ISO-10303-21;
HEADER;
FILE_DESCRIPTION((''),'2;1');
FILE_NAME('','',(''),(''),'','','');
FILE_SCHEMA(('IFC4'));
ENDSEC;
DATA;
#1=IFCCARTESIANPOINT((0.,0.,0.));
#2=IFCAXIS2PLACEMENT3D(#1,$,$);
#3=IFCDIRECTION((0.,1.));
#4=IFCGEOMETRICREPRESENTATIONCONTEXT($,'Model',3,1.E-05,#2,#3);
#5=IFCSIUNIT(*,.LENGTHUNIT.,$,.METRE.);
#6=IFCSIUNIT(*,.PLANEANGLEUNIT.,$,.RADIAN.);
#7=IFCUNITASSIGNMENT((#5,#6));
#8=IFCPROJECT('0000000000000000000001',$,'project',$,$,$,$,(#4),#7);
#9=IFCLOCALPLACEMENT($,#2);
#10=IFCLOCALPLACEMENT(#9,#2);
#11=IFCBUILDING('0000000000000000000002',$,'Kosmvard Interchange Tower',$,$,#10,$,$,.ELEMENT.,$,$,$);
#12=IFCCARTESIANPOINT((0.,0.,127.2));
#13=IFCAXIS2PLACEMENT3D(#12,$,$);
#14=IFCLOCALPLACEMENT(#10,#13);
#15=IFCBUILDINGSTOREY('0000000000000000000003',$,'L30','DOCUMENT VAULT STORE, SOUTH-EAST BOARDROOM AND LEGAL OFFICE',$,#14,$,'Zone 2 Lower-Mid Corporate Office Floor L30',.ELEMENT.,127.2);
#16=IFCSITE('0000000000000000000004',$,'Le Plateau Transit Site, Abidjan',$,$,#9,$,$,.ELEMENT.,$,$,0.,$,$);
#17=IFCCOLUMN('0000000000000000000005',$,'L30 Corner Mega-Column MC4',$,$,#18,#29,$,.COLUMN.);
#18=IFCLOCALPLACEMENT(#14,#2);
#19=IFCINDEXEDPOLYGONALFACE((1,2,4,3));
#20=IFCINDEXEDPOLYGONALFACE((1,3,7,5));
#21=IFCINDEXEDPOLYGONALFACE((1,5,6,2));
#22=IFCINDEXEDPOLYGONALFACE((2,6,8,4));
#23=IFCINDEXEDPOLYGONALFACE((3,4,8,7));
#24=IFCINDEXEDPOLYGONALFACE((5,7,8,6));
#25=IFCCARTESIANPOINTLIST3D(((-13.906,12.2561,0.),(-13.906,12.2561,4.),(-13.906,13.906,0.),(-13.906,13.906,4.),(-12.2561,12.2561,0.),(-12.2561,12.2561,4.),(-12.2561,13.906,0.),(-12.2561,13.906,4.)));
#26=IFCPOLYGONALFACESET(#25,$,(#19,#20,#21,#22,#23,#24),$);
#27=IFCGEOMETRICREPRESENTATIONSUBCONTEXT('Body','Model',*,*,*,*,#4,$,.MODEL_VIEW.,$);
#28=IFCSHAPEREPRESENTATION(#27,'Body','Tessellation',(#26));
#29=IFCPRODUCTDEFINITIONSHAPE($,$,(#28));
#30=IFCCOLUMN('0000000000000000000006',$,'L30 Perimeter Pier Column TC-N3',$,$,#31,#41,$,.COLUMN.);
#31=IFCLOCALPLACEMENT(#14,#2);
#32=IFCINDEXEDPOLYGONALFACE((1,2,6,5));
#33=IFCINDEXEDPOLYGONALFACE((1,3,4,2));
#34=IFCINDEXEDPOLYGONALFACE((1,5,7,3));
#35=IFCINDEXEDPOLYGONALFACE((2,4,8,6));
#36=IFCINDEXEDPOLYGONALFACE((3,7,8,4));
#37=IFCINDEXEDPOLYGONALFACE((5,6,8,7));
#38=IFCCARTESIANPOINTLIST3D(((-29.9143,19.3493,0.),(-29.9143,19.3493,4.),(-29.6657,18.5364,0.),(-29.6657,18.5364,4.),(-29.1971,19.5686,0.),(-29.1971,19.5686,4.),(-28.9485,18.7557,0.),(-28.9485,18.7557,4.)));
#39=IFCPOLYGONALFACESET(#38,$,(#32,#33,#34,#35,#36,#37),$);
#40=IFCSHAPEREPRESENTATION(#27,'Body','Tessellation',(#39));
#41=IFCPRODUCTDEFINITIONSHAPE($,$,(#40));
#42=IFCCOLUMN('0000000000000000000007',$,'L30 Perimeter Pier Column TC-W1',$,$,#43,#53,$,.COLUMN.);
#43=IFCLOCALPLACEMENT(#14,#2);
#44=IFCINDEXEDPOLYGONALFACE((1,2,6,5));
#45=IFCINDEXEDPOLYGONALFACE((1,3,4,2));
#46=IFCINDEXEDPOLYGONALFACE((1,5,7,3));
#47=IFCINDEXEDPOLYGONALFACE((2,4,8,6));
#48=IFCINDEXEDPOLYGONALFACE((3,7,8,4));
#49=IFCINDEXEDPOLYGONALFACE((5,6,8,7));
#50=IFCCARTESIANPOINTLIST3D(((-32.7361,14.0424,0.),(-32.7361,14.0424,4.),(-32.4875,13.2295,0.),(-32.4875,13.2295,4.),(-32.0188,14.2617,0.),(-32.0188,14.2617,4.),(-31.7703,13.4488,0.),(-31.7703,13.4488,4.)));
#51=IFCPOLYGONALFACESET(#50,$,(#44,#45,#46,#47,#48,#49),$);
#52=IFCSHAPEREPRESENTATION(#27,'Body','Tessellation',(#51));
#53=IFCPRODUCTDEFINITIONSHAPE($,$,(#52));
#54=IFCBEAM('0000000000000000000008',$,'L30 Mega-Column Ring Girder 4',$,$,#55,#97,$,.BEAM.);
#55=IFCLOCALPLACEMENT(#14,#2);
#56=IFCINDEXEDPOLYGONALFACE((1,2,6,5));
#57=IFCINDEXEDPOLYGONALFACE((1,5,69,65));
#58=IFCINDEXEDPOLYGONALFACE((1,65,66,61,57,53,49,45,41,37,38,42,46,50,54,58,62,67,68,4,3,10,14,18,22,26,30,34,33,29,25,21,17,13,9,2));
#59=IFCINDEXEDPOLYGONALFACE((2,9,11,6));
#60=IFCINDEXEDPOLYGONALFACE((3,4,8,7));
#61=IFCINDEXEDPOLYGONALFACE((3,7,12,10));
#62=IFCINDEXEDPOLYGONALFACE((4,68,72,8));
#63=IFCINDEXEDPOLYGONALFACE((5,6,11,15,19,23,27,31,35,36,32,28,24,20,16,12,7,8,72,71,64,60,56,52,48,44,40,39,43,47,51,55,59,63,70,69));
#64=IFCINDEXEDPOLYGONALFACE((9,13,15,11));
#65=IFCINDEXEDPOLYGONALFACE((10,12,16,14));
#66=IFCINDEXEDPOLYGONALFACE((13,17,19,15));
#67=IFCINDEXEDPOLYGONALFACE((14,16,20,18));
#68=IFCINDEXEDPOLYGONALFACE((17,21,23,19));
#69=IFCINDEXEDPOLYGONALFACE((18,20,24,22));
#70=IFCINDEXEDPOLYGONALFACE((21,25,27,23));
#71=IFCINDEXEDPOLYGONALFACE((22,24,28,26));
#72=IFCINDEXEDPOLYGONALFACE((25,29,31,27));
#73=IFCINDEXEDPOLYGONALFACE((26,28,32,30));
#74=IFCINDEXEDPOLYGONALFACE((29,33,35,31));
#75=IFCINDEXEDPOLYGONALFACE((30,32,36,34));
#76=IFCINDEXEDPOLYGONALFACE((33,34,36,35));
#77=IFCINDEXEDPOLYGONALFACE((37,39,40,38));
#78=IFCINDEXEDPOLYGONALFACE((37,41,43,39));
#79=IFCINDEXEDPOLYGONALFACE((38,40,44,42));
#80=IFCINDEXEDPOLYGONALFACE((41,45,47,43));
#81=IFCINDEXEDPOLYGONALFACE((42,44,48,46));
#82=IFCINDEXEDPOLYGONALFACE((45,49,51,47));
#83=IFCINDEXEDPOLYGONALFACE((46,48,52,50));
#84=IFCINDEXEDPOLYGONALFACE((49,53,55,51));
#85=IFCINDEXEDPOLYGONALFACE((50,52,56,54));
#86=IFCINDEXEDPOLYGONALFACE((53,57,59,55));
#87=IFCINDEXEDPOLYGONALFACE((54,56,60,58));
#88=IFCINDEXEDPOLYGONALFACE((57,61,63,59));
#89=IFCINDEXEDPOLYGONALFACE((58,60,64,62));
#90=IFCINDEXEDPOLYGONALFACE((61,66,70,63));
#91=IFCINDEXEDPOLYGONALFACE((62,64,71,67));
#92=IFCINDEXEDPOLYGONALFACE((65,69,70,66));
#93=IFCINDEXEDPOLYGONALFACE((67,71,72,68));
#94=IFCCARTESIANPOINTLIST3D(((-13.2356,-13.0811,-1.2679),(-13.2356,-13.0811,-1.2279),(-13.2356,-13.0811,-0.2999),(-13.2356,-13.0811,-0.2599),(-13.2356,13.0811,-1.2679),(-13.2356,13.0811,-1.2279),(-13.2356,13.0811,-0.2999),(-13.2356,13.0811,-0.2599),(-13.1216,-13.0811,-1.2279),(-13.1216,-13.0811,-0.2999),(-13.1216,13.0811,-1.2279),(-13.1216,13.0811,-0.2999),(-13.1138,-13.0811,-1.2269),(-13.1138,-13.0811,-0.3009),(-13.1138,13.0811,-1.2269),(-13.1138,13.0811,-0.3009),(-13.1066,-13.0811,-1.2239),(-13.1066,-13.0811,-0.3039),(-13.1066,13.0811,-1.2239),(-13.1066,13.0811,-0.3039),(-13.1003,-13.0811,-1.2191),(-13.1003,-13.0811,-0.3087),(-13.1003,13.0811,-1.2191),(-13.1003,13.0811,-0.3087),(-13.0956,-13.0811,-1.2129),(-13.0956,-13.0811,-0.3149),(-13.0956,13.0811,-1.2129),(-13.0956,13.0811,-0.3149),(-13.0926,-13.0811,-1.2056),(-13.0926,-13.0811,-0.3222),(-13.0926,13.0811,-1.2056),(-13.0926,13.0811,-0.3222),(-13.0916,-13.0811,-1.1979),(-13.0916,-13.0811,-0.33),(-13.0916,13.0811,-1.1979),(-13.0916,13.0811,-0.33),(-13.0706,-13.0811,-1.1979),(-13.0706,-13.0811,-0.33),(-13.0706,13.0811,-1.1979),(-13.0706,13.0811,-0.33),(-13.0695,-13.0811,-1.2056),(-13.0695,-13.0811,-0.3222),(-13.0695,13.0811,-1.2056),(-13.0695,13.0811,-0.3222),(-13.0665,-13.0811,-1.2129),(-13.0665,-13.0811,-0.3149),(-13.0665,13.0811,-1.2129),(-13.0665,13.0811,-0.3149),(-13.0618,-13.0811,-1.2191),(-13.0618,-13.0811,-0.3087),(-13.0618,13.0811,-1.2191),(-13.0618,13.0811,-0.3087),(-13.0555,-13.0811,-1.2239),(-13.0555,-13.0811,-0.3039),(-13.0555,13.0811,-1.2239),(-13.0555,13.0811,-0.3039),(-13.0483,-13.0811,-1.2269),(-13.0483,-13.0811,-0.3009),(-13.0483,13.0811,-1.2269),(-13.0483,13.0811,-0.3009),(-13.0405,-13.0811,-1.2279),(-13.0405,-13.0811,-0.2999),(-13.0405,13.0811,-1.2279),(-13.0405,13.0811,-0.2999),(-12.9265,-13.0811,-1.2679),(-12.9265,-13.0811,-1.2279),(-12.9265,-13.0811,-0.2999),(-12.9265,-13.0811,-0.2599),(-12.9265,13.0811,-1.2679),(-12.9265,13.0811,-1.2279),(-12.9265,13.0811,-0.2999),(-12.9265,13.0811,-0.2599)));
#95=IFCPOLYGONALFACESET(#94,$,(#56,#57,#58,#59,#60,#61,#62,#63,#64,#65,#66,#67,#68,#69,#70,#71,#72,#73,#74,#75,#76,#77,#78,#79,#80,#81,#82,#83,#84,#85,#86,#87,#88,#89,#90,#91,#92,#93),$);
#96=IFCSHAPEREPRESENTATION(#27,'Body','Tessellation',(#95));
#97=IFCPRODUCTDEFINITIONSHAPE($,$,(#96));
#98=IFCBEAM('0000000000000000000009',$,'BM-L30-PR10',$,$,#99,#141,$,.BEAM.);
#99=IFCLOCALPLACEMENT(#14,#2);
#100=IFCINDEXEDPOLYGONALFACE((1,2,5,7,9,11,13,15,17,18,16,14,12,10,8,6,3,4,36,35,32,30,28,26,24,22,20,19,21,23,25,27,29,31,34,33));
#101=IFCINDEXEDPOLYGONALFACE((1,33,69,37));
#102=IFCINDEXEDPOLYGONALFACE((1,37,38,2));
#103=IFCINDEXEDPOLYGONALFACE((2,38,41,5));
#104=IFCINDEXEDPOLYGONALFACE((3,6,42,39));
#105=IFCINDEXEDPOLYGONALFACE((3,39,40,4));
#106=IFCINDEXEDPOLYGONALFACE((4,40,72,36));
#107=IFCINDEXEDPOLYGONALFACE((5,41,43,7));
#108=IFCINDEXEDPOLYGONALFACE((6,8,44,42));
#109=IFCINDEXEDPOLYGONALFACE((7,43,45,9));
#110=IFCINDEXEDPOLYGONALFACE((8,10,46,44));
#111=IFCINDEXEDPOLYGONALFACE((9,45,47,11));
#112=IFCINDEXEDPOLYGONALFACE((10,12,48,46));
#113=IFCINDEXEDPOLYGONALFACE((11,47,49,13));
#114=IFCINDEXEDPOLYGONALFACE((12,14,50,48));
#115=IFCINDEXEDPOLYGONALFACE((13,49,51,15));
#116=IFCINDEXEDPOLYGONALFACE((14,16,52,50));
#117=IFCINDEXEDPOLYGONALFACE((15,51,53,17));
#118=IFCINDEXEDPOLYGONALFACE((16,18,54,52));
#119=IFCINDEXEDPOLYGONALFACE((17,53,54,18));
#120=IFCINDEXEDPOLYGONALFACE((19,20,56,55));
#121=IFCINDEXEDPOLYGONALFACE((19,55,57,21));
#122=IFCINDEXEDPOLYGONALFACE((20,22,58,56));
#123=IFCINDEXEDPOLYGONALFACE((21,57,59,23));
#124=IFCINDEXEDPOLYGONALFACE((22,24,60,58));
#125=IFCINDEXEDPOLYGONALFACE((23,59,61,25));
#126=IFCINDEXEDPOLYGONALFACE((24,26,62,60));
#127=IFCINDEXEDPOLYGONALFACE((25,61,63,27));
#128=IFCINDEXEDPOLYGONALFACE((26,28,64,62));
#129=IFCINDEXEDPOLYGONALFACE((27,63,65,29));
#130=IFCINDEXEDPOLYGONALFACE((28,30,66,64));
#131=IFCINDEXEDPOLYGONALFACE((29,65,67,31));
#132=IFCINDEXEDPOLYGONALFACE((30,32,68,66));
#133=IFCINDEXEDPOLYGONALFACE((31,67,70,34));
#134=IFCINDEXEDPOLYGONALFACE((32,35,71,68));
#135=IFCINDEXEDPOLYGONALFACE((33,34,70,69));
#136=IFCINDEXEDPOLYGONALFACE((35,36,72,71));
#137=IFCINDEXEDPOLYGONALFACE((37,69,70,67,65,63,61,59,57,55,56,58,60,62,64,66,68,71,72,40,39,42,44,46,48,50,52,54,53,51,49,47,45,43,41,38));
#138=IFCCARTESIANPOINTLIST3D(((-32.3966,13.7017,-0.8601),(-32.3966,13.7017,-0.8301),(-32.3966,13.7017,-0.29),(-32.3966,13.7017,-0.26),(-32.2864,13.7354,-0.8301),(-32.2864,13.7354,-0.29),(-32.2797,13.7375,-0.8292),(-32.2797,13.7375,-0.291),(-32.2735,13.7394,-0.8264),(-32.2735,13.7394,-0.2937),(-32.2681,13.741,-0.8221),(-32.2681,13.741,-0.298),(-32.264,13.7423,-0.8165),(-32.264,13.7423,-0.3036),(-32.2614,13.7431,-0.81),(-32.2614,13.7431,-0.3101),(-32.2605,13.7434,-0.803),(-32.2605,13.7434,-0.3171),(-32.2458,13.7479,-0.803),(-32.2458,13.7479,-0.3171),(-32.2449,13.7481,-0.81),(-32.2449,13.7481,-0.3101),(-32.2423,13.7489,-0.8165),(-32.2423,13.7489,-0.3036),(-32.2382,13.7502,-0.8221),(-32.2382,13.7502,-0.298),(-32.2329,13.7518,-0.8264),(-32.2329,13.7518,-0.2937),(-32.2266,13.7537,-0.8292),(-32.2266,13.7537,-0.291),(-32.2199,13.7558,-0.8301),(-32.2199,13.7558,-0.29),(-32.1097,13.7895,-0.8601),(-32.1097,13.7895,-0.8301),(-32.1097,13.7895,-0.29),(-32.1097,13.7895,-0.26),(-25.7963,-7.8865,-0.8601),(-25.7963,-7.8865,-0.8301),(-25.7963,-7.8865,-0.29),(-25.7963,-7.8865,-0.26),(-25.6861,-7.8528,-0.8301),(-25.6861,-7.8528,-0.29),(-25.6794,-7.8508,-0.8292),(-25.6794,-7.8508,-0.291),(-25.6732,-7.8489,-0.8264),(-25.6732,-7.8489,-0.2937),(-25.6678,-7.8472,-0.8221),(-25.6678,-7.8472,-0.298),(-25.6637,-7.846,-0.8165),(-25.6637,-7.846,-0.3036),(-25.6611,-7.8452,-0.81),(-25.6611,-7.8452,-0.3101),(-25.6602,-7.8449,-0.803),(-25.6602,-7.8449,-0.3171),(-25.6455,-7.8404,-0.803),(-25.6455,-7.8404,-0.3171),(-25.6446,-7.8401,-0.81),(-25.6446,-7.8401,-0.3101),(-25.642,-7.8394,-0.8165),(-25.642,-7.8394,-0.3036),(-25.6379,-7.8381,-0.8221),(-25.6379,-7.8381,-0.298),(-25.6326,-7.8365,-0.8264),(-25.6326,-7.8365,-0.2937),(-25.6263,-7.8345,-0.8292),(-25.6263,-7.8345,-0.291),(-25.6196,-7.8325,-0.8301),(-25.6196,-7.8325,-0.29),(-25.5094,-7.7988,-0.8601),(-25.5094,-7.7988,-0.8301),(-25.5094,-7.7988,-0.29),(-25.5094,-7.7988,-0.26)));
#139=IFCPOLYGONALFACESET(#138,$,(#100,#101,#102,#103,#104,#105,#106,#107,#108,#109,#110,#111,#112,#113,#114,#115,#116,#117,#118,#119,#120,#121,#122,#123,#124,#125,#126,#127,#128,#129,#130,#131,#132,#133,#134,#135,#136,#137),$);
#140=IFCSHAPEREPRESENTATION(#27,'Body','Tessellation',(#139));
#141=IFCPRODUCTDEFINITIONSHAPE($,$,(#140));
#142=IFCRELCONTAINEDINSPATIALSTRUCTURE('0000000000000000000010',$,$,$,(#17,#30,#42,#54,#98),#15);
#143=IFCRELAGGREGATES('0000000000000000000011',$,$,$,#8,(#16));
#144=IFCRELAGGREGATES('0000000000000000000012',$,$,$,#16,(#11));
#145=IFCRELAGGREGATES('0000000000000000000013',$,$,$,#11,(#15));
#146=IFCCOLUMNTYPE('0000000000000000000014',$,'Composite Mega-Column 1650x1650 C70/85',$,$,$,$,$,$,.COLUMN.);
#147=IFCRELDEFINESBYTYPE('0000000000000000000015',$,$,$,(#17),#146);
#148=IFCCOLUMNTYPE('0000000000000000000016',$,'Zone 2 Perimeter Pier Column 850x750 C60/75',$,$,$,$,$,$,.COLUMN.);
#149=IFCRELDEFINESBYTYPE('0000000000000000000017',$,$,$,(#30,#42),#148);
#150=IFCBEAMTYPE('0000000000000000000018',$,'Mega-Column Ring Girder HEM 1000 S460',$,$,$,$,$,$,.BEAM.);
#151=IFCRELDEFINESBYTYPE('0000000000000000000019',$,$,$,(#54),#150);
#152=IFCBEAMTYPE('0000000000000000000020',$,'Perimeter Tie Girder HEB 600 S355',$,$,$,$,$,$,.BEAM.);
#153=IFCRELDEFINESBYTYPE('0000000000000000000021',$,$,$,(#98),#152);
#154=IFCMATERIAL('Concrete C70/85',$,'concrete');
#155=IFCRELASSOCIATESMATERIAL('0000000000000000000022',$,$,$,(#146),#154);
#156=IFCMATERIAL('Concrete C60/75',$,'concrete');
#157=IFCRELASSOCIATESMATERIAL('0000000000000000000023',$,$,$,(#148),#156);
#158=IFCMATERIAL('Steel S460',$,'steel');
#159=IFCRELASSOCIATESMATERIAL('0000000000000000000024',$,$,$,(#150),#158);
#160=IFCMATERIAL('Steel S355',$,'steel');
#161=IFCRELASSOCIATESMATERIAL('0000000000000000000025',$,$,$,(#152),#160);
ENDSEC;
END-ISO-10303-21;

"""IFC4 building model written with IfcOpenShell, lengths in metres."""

from ifc_helpers import new_model, si_unit, direction, frame, origin, origin_2d, place, context, subcontext, project, spatial, rectangle, i_section, extrude, source, transform, mapped, material, material_profile, profile_set, type_object, element, save


model = new_model("IFC4")

# Units and contexts
model_context = context("Model", 3, precision=1e-05, world=origin(), true_north=direction((0.0, 1.0)))
body_context = subcontext(model_context, "Body", "Model", "MODEL_VIEW")
ifc_project = project(units=[si_unit("LENGTHUNIT", "METRE"), si_unit("PLANEANGLEUNIT", "RADIAN")], contexts=[model_context])

# Site, building, storey
site_placement = place(None, origin())
site = spatial("IfcSite", under=ifc_project, at=site_placement, Name="Le Plateau Transit Site, Abidjan", CompositionType="ELEMENT", RefElevation=0.0)
building_placement = place(site_placement, origin())
building = spatial("IfcBuilding", under=site, at=building_placement, Name="Kosmvard Interchange Tower", CompositionType="ELEMENT")
storey_placement = place(building_placement, frame((0.0, 0.0, 127.2)))
storey = spatial("IfcBuildingStorey", under=building, at=storey_placement, Name="L30", Description="DOCUMENT VAULT STORE, SOUTH-EAST BOARDROOM AND LEGAL OFFICE", LongName="Zone 2 Lower-Mid Corporate Office Floor L30", CompositionType="ELEMENT", Elevation=127.2)

# Columns
ifc_material_1 = material(Name="Concrete C70/85", Category="concrete")
ifc_material_profile_1 = material_profile(ifc_material_1, rectangle(XDim=1.6499, YDim=1.6499, at=origin_2d()), Name="MC 1650x1650")
ifc_profile_set_1 = profile_set([ifc_material_profile_1], Name="Concrete C70/85")
column_type_1 = type_object("IfcColumnType", Name="Composite Mega-Column 1650x1650 C70/85", PredefinedType="COLUMN", material=ifc_profile_set_1)
shared_shape_1 = source(origin(), body_context, "Body", "SweptSolid", [
    extrude(rectangle(XDim=1.6499, YDim=1.6499, at=origin_2d()), origin(), (0.0, 0.0, 1.0), 4.0),
])
column_placement = place(storey_placement, frame((-13.0811, 13.0811, 0.0), z_axis=(0.0, 0.0, 1.0), x_axis=(1.0, 0.0, 0.0)))
element("IfcColumn", 1, at=column_placement, inside=storey, type_object=column_type_1, Name="L30 Corner Mega-Column MC4", PredefinedType="COLUMN", context=body_context, shape_type="MappedRepresentation", body=[
    mapped(shared_shape_1, transform((0.0, 0.0, 0.0), scale=1.0)),
])
ifc_material_2 = material(Name="Concrete C60/75", Category="concrete")
ifc_material_profile_2 = material_profile(ifc_material_2, rectangle(XDim=0.75, YDim=0.8501, at=origin_2d()), Name="TC 850x750")
ifc_profile_set_2 = profile_set([ifc_material_profile_2], Name="Concrete C60/75")
column_type_2 = type_object("IfcColumnType", Name="Zone 2 Perimeter Pier Column 850x750 C60/75", PredefinedType="COLUMN", material=ifc_profile_set_2)
shared_shape_2 = source(origin(), body_context, "Body", "SweptSolid", [
    extrude(rectangle(XDim=0.75, YDim=0.8501, at=origin_2d()), origin(), (0.0, 0.0, 1.0), 4.0),
])
for number, where, z_axis, x_axis, name in (
    (2, (-29.4314, 19.0525, 0.0), (0.0, 0.0, 1.0), (0.956305, 0.292372, 0.0), "L30 Perimeter Pier Column TC-N3"),
    (3, (-32.2532, 13.7456, 0.0), (0.0, 0.0, 1.0), (0.956305, 0.292372, 0.0), "L30 Perimeter Pier Column TC-W1"),
):
    element("IfcColumn", number, at=place(storey_placement, frame(where, z_axis=z_axis, x_axis=x_axis)), inside=storey, type_object=column_type_2, Name=name, PredefinedType="COLUMN", context=body_context, shape_type="MappedRepresentation", body=[
        mapped(shared_shape_2, transform((0.0, 0.0, 0.0), scale=1.0)),
    ])

# Beams
ifc_material_3 = material(Name="Steel S460", Category="steel")
ifc_material_profile_3 = material_profile(ifc_material_3, i_section(OverallWidth=0.3091, OverallDepth=1.0081, WebThickness=0.021, FlangeThickness=0.04, FilletRadius=0.03, at=origin_2d()), Name="HEM 1000")
ifc_profile_set_3 = profile_set([ifc_material_profile_3], Name="Steel S460")
beam_type_1 = type_object("IfcBeamType", Name="Mega-Column Ring Girder HEM 1000 S460", PredefinedType="BEAM", material=ifc_profile_set_3)
shared_shape_3 = source(origin(), body_context, "Body", "SweptSolid", [
    extrude(i_section(OverallWidth=0.3091, OverallDepth=1.0081, WebThickness=0.021, FlangeThickness=0.04, FilletRadius=0.03, at=origin_2d()), origin(), (0.0, 0.0, 1.0), 26.1621),
])
beam_1_placement = place(storey_placement, frame((-13.0811, 13.0811, -0.7639), z_axis=(0.0, -1.0, 0.0), x_axis=(1.0, 0.0, 0.0)))
element("IfcBeam", 4, at=beam_1_placement, inside=storey, type_object=beam_type_1, Name="L30 Mega-Column Ring Girder 4", PredefinedType="BEAM", context=body_context, shape_type="MappedRepresentation", body=[
    mapped(shared_shape_3, transform((0.0, 0.0, 0.0), scale=1.0)),
])
ifc_material_4 = material(Name="Steel S355", Category="steel")
ifc_material_profile_4 = material_profile(ifc_material_4, i_section(OverallWidth=0.3, OverallDepth=0.6001, WebThickness=0.0154, FlangeThickness=0.03, FilletRadius=0.0271, at=origin_2d()), Name="HEB 600")
ifc_profile_set_4 = profile_set([ifc_material_profile_4], Name="Steel S355")
beam_type_2 = type_object("IfcBeamType", Name="Perimeter Tie Girder HEB 600 S355", PredefinedType="BEAM", material=ifc_profile_set_4)
shared_shape_4 = source(origin(), body_context, "Body", "SweptSolid", [
    extrude(i_section(OverallWidth=0.3, OverallDepth=0.6001, WebThickness=0.0154, FlangeThickness=0.03, FilletRadius=0.0271, at=origin_2d()), origin(), (0.0, 0.0, 1.0), 22.5747),
])
beam_2_placement = place(storey_placement, frame((-32.2532, 13.7456, -0.5601), z_axis=(0.292376, -0.956303, 0.0), x_axis=(0.956303, 0.292376, 0.0)))
element("IfcBeam", 5, at=beam_2_placement, inside=storey, type_object=beam_type_2, Name="BM-L30-PR10", PredefinedType="BEAM", context=body_context, shape_type="MappedRepresentation", body=[
    mapped(shared_shape_4, transform((0.0, 0.0, 0.0), scale=1.0)),
])

save(model, "model.ifc")
